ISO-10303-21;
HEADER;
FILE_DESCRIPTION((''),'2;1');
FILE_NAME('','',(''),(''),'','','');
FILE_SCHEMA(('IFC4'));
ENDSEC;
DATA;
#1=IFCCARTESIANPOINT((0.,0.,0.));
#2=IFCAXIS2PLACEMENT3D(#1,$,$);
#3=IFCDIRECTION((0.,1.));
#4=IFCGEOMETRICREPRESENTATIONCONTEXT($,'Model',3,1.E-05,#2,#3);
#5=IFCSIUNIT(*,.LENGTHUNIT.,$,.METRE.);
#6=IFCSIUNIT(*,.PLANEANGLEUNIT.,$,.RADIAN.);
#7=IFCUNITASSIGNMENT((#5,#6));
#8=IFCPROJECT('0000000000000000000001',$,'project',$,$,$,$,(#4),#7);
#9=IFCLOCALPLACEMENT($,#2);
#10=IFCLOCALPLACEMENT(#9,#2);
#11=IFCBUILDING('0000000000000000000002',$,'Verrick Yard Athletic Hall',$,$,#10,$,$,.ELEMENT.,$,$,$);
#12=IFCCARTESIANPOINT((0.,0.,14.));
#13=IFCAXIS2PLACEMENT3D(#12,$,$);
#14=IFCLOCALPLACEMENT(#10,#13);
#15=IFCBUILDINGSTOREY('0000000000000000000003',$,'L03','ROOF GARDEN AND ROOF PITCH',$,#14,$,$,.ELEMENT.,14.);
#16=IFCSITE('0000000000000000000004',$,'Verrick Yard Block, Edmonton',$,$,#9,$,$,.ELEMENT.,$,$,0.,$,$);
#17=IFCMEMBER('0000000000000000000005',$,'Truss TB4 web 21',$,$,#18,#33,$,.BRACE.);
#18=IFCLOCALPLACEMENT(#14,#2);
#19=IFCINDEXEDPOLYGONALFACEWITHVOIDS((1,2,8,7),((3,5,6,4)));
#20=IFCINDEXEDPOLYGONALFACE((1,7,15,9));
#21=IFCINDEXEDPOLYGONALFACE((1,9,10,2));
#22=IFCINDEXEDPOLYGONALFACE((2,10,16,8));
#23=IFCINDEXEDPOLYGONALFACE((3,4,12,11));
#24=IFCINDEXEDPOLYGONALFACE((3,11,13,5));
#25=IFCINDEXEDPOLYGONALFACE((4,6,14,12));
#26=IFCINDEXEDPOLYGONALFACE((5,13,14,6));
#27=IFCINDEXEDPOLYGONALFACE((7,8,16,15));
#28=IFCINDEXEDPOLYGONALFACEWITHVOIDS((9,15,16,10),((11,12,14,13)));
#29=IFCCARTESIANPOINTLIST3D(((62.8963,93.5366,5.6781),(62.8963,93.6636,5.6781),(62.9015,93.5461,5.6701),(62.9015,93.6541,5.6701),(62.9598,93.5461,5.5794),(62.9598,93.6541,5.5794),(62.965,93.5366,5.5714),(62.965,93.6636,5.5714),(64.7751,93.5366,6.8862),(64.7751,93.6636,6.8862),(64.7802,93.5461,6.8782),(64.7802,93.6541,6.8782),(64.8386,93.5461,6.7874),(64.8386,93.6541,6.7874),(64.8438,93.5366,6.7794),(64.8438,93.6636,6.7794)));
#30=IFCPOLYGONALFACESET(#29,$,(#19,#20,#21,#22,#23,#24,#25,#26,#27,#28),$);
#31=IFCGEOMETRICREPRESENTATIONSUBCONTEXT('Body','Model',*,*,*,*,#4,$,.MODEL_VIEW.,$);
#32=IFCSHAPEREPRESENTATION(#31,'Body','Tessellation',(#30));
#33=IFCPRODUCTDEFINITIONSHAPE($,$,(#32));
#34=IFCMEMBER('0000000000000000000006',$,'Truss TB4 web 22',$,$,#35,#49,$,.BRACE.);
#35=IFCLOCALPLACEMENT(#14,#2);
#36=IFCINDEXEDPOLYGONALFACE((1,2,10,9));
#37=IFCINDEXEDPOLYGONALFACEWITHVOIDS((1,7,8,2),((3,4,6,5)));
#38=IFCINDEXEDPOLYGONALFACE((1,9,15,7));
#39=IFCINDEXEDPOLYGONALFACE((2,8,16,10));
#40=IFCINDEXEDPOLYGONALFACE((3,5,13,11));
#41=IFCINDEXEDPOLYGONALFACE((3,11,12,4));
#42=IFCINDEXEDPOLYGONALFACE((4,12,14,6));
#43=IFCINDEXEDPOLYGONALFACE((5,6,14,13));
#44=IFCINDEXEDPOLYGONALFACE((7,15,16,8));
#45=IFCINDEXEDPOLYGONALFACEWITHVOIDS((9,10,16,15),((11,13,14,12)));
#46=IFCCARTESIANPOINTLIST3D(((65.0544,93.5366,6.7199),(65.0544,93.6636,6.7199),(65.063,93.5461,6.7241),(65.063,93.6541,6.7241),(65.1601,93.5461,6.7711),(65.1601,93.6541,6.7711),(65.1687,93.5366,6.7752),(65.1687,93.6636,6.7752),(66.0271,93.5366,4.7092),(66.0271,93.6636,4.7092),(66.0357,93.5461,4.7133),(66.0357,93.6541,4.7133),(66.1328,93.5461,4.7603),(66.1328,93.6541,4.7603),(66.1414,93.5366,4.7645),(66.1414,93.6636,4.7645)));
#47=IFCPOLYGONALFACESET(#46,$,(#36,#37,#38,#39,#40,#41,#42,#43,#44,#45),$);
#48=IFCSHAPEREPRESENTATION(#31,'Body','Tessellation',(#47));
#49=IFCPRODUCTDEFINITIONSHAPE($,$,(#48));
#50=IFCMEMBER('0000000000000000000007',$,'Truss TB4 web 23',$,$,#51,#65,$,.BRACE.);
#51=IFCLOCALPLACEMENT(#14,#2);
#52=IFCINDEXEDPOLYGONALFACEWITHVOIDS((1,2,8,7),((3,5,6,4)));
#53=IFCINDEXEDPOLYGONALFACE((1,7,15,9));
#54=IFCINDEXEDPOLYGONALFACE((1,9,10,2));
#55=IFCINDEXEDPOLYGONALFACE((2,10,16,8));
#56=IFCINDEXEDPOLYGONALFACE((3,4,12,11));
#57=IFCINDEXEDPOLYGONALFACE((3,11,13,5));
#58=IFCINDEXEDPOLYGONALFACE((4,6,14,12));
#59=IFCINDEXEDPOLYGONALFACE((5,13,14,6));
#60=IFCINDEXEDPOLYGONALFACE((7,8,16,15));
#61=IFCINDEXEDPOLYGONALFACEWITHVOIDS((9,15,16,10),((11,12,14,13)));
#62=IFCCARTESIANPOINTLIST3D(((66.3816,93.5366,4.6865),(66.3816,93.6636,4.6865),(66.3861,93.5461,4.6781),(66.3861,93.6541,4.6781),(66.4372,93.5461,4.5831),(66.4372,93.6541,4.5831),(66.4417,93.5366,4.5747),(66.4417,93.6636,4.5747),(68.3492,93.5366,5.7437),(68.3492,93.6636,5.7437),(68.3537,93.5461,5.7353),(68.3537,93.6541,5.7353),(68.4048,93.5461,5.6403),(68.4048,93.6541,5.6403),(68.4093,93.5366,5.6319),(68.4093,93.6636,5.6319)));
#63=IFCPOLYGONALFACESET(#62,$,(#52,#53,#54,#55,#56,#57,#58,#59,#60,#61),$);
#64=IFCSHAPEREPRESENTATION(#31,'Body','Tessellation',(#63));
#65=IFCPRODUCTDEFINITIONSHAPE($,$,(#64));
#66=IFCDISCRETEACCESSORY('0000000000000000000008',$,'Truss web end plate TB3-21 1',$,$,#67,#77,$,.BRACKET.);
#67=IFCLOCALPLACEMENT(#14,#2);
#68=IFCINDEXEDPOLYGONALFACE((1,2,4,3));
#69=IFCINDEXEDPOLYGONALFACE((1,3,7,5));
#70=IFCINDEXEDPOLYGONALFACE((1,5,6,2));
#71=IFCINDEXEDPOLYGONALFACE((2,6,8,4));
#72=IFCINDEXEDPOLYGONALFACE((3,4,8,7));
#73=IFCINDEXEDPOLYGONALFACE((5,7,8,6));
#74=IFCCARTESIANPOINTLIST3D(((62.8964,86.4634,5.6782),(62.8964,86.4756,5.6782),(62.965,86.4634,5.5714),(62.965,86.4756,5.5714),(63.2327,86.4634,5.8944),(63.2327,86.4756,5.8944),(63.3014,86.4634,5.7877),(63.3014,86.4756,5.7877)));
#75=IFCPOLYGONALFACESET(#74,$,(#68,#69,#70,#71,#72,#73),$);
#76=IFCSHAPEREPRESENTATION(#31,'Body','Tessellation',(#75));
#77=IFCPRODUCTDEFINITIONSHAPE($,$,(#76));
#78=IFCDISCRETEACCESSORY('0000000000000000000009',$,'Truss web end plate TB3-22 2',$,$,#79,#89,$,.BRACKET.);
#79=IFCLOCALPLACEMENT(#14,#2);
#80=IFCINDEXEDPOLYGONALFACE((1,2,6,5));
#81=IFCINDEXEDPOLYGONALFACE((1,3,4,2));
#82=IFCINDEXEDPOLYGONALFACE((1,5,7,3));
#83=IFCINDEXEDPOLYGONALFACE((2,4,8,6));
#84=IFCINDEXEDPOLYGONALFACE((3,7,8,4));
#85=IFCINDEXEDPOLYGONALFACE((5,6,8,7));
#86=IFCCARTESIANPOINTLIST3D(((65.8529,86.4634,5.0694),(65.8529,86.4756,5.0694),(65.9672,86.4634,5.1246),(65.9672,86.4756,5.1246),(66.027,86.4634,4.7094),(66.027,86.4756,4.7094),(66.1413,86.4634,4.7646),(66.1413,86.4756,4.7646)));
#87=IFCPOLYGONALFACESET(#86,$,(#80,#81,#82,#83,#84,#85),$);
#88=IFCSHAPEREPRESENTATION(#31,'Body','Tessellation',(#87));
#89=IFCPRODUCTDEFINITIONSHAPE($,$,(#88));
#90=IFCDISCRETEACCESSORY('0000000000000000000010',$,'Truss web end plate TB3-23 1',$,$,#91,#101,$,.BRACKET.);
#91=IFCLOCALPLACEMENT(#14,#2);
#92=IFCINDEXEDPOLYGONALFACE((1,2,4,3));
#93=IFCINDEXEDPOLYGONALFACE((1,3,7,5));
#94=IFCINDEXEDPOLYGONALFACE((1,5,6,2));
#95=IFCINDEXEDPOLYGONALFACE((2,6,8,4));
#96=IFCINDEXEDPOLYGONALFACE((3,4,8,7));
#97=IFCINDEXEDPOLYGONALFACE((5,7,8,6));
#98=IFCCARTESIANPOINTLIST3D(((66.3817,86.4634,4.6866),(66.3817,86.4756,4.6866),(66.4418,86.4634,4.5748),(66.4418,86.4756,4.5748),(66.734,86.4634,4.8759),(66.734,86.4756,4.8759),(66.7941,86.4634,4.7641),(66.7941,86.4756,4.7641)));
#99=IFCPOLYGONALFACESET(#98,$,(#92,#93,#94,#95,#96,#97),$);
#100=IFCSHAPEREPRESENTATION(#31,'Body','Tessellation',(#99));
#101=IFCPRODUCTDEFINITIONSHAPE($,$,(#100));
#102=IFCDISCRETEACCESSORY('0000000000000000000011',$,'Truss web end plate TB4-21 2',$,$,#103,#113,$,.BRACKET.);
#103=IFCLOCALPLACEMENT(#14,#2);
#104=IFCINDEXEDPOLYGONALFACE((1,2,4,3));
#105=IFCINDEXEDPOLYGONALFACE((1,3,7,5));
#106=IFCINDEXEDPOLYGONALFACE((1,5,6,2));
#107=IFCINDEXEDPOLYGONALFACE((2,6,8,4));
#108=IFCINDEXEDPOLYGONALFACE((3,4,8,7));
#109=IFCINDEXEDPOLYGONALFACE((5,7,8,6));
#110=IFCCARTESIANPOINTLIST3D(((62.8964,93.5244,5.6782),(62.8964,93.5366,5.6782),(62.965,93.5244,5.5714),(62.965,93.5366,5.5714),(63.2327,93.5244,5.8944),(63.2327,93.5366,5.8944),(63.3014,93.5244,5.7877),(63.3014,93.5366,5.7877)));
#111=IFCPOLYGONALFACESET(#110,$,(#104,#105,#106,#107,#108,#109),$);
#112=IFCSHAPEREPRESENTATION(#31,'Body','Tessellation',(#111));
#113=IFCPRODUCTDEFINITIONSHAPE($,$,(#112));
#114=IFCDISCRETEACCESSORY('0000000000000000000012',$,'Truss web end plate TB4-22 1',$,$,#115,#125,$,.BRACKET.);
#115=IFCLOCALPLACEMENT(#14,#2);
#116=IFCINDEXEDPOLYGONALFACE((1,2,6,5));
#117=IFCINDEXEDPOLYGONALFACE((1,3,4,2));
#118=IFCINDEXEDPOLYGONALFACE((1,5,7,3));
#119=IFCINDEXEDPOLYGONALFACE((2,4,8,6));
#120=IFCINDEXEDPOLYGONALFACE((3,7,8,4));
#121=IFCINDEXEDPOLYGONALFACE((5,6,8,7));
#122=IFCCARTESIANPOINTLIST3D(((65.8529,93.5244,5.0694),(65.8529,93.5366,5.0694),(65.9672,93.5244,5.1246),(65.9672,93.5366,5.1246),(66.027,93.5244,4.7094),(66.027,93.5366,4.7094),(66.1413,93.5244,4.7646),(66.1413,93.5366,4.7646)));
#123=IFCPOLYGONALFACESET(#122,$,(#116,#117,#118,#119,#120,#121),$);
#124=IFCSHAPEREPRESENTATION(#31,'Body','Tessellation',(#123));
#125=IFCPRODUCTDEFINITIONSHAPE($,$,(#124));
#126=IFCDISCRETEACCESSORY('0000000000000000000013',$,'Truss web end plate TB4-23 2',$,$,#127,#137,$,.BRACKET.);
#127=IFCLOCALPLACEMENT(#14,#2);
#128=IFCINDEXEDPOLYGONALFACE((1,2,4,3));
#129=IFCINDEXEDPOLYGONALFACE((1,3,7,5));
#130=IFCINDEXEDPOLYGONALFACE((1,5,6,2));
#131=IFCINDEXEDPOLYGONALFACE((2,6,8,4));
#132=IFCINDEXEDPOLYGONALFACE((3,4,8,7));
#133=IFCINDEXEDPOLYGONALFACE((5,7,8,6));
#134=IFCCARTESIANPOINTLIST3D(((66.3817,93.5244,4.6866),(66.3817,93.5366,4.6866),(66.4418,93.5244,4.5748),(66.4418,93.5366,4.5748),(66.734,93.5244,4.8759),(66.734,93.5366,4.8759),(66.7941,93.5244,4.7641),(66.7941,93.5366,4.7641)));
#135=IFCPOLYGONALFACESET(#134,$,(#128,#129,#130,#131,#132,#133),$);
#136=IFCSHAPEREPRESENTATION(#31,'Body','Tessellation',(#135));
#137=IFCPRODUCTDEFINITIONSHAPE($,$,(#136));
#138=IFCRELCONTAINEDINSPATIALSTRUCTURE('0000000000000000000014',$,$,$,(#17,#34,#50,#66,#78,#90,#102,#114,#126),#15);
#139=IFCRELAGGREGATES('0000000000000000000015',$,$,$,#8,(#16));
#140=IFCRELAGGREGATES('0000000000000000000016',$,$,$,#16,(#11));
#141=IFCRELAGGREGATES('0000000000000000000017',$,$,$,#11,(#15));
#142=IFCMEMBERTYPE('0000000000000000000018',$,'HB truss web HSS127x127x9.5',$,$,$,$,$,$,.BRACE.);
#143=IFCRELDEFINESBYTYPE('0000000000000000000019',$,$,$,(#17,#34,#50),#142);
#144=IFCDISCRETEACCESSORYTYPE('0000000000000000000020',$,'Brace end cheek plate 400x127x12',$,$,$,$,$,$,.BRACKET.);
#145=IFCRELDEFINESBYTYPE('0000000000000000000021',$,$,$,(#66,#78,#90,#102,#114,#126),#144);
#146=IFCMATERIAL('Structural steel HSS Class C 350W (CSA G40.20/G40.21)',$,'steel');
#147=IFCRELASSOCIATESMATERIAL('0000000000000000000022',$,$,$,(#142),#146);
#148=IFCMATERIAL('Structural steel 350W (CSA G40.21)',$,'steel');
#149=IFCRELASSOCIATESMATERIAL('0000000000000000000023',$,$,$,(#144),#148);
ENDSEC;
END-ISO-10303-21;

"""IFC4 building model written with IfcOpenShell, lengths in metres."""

from ifc_helpers import new_model, si_unit, direction, frame, origin, origin_2d, place, context, subcontext, project, spatial, rectangle, hollow_rectangle, extrude, material, material_profile, profile_set, type_object, element, save


model = new_model("IFC4")

# Units and contexts
model_context = context("Model", 3, precision=1e-05, world=origin(), true_north=direction((0.0, 1.0)))
body_context = subcontext(model_context, "Body", "Model", "MODEL_VIEW")
ifc_project = project(units=[si_unit("LENGTHUNIT", "METRE"), si_unit("PLANEANGLEUNIT", "RADIAN")], contexts=[model_context])

# Site, building, storey
site_placement = place(None, origin())
site = spatial("IfcSite", under=ifc_project, at=site_placement, Name="Verrick Yard Block, Edmonton", CompositionType="ELEMENT", RefElevation=0.0)
building_placement = place(site_placement, origin())
building = spatial("IfcBuilding", under=site, at=building_placement, Name="Verrick Yard Athletic Hall", CompositionType="ELEMENT")
storey_placement = place(building_placement, frame((0.0, 0.0, 14.0)))
storey = spatial("IfcBuildingStorey", under=building, at=storey_placement, Name="L03", Description="ROOF GARDEN AND ROOF PITCH", CompositionType="ELEMENT", Elevation=14.0)

# Members
ifc_material_1 = material(Name="Structural steel HSS Class C 350W (CSA G40.20/G40.21)", Category="steel")
ifc_material_profile_1 = material_profile(ifc_material_1, hollow_rectangle(XDim=0.127, YDim=0.127, WallThickness=0.0095, at=origin_2d()), Name="HSS127x127x9.5")
ifc_profile_set_1 = profile_set([ifc_material_profile_1], Name="Structural steel HSS Class C 350W (CSA G40.20/G40.21)")
member_type_1 = type_object("IfcMemberType", Name="HB truss web HSS127x127x9.5", PredefinedType="BRACE", material=ifc_profile_set_1)
for number, where, z_axis, x_axis, name in (
    (1, (62.9307, 93.6001, 5.6248), (0.841118, 0.0, 0.540852), (0.0, 1.0, 0.0), "Truss TB4 web 21"),
    (2, (65.1116, 93.6001, 6.7476), (0.435458, 0.0, -0.900209), (0.0, 1.0, 0.0), "Truss TB4 web 22"),
    (3, (66.4116, 93.6001, 4.6306), (0.880902, 0.0, 0.473298), (0.0, 1.0, 0.0), "Truss TB4 web 23"),
):
    element("IfcMember", number, at=place(storey_placement, frame(where, z_axis=z_axis, x_axis=x_axis)), inside=storey, type_object=member_type_1, Name=name, PredefinedType="BRACE", context=body_context, shape_type="SweptSolid", body=[
        extrude(hollow_rectangle(XDim=0.127, YDim=0.127, WallThickness=0.0095, at=origin_2d()), origin(), (0.0, 0.0, 1.0), 2.2336),
    ])

# Discrete accessories
ifc_material_2 = material(Name="Structural steel 350W (CSA G40.21)", Category="steel")
ifc_material_profile_2 = material_profile(ifc_material_2, rectangle(XDim=0.3999, YDim=0.127, at=origin_2d()), Name="Brace end cheek plate")
ifc_profile_set_2 = profile_set([ifc_material_profile_2], Name="Structural steel 350W (CSA G40.21)")
discrete_accessory_type = type_object("IfcDiscreteAccessoryType", Name="Brace end cheek plate 400x127x12", PredefinedType="BRACKET", material=ifc_profile_set_2)
for number, where, z_axis, x_axis, name in (
    (4, (63.0989, 86.4634, 5.7329), (0.0, 1.0, 0.0), (0.841141, 0.0, 0.540816), "Truss web end plate TB3-21 1"),
    (5, (65.9971, 86.4634, 4.917), (0.0, 1.0, 0.0), (-0.435417, 0.0, 0.900229), "Truss web end plate TB3-22 2"),
    (6, (66.5879, 86.4634, 4.7253), (0.0, 1.0, 0.0), (0.88092, 0.0, 0.473265), "Truss web end plate TB3-23 1"),
    (7, (63.0989, 93.5366, 5.7329), (0.0, -1.0, 0.0), (0.841141, 0.0, 0.540816), "Truss web end plate TB4-21 2"),
    (8, (65.9971, 93.5366, 4.917), (0.0, -1.0, 0.0), (-0.435417, 0.0, 0.900229), "Truss web end plate TB4-22 1"),
    (9, (66.5879, 93.5366, 4.7253), (0.0, -1.0, 0.0), (0.88092, 0.0, 0.473265), "Truss web end plate TB4-23 2"),
):
    element("IfcDiscreteAccessory", number, at=place(storey_placement, frame(where, z_axis=z_axis, x_axis=x_axis)), inside=storey, type_object=discrete_accessory_type, Name=name, PredefinedType="BRACKET", context=body_context, shape_type="SweptSolid", body=[
        extrude(rectangle(XDim=0.3999, YDim=0.127, at=origin_2d()), origin(), (0.0, 0.0, 1.0), 0.0122),
    ])

save(model, "model.ifc")
